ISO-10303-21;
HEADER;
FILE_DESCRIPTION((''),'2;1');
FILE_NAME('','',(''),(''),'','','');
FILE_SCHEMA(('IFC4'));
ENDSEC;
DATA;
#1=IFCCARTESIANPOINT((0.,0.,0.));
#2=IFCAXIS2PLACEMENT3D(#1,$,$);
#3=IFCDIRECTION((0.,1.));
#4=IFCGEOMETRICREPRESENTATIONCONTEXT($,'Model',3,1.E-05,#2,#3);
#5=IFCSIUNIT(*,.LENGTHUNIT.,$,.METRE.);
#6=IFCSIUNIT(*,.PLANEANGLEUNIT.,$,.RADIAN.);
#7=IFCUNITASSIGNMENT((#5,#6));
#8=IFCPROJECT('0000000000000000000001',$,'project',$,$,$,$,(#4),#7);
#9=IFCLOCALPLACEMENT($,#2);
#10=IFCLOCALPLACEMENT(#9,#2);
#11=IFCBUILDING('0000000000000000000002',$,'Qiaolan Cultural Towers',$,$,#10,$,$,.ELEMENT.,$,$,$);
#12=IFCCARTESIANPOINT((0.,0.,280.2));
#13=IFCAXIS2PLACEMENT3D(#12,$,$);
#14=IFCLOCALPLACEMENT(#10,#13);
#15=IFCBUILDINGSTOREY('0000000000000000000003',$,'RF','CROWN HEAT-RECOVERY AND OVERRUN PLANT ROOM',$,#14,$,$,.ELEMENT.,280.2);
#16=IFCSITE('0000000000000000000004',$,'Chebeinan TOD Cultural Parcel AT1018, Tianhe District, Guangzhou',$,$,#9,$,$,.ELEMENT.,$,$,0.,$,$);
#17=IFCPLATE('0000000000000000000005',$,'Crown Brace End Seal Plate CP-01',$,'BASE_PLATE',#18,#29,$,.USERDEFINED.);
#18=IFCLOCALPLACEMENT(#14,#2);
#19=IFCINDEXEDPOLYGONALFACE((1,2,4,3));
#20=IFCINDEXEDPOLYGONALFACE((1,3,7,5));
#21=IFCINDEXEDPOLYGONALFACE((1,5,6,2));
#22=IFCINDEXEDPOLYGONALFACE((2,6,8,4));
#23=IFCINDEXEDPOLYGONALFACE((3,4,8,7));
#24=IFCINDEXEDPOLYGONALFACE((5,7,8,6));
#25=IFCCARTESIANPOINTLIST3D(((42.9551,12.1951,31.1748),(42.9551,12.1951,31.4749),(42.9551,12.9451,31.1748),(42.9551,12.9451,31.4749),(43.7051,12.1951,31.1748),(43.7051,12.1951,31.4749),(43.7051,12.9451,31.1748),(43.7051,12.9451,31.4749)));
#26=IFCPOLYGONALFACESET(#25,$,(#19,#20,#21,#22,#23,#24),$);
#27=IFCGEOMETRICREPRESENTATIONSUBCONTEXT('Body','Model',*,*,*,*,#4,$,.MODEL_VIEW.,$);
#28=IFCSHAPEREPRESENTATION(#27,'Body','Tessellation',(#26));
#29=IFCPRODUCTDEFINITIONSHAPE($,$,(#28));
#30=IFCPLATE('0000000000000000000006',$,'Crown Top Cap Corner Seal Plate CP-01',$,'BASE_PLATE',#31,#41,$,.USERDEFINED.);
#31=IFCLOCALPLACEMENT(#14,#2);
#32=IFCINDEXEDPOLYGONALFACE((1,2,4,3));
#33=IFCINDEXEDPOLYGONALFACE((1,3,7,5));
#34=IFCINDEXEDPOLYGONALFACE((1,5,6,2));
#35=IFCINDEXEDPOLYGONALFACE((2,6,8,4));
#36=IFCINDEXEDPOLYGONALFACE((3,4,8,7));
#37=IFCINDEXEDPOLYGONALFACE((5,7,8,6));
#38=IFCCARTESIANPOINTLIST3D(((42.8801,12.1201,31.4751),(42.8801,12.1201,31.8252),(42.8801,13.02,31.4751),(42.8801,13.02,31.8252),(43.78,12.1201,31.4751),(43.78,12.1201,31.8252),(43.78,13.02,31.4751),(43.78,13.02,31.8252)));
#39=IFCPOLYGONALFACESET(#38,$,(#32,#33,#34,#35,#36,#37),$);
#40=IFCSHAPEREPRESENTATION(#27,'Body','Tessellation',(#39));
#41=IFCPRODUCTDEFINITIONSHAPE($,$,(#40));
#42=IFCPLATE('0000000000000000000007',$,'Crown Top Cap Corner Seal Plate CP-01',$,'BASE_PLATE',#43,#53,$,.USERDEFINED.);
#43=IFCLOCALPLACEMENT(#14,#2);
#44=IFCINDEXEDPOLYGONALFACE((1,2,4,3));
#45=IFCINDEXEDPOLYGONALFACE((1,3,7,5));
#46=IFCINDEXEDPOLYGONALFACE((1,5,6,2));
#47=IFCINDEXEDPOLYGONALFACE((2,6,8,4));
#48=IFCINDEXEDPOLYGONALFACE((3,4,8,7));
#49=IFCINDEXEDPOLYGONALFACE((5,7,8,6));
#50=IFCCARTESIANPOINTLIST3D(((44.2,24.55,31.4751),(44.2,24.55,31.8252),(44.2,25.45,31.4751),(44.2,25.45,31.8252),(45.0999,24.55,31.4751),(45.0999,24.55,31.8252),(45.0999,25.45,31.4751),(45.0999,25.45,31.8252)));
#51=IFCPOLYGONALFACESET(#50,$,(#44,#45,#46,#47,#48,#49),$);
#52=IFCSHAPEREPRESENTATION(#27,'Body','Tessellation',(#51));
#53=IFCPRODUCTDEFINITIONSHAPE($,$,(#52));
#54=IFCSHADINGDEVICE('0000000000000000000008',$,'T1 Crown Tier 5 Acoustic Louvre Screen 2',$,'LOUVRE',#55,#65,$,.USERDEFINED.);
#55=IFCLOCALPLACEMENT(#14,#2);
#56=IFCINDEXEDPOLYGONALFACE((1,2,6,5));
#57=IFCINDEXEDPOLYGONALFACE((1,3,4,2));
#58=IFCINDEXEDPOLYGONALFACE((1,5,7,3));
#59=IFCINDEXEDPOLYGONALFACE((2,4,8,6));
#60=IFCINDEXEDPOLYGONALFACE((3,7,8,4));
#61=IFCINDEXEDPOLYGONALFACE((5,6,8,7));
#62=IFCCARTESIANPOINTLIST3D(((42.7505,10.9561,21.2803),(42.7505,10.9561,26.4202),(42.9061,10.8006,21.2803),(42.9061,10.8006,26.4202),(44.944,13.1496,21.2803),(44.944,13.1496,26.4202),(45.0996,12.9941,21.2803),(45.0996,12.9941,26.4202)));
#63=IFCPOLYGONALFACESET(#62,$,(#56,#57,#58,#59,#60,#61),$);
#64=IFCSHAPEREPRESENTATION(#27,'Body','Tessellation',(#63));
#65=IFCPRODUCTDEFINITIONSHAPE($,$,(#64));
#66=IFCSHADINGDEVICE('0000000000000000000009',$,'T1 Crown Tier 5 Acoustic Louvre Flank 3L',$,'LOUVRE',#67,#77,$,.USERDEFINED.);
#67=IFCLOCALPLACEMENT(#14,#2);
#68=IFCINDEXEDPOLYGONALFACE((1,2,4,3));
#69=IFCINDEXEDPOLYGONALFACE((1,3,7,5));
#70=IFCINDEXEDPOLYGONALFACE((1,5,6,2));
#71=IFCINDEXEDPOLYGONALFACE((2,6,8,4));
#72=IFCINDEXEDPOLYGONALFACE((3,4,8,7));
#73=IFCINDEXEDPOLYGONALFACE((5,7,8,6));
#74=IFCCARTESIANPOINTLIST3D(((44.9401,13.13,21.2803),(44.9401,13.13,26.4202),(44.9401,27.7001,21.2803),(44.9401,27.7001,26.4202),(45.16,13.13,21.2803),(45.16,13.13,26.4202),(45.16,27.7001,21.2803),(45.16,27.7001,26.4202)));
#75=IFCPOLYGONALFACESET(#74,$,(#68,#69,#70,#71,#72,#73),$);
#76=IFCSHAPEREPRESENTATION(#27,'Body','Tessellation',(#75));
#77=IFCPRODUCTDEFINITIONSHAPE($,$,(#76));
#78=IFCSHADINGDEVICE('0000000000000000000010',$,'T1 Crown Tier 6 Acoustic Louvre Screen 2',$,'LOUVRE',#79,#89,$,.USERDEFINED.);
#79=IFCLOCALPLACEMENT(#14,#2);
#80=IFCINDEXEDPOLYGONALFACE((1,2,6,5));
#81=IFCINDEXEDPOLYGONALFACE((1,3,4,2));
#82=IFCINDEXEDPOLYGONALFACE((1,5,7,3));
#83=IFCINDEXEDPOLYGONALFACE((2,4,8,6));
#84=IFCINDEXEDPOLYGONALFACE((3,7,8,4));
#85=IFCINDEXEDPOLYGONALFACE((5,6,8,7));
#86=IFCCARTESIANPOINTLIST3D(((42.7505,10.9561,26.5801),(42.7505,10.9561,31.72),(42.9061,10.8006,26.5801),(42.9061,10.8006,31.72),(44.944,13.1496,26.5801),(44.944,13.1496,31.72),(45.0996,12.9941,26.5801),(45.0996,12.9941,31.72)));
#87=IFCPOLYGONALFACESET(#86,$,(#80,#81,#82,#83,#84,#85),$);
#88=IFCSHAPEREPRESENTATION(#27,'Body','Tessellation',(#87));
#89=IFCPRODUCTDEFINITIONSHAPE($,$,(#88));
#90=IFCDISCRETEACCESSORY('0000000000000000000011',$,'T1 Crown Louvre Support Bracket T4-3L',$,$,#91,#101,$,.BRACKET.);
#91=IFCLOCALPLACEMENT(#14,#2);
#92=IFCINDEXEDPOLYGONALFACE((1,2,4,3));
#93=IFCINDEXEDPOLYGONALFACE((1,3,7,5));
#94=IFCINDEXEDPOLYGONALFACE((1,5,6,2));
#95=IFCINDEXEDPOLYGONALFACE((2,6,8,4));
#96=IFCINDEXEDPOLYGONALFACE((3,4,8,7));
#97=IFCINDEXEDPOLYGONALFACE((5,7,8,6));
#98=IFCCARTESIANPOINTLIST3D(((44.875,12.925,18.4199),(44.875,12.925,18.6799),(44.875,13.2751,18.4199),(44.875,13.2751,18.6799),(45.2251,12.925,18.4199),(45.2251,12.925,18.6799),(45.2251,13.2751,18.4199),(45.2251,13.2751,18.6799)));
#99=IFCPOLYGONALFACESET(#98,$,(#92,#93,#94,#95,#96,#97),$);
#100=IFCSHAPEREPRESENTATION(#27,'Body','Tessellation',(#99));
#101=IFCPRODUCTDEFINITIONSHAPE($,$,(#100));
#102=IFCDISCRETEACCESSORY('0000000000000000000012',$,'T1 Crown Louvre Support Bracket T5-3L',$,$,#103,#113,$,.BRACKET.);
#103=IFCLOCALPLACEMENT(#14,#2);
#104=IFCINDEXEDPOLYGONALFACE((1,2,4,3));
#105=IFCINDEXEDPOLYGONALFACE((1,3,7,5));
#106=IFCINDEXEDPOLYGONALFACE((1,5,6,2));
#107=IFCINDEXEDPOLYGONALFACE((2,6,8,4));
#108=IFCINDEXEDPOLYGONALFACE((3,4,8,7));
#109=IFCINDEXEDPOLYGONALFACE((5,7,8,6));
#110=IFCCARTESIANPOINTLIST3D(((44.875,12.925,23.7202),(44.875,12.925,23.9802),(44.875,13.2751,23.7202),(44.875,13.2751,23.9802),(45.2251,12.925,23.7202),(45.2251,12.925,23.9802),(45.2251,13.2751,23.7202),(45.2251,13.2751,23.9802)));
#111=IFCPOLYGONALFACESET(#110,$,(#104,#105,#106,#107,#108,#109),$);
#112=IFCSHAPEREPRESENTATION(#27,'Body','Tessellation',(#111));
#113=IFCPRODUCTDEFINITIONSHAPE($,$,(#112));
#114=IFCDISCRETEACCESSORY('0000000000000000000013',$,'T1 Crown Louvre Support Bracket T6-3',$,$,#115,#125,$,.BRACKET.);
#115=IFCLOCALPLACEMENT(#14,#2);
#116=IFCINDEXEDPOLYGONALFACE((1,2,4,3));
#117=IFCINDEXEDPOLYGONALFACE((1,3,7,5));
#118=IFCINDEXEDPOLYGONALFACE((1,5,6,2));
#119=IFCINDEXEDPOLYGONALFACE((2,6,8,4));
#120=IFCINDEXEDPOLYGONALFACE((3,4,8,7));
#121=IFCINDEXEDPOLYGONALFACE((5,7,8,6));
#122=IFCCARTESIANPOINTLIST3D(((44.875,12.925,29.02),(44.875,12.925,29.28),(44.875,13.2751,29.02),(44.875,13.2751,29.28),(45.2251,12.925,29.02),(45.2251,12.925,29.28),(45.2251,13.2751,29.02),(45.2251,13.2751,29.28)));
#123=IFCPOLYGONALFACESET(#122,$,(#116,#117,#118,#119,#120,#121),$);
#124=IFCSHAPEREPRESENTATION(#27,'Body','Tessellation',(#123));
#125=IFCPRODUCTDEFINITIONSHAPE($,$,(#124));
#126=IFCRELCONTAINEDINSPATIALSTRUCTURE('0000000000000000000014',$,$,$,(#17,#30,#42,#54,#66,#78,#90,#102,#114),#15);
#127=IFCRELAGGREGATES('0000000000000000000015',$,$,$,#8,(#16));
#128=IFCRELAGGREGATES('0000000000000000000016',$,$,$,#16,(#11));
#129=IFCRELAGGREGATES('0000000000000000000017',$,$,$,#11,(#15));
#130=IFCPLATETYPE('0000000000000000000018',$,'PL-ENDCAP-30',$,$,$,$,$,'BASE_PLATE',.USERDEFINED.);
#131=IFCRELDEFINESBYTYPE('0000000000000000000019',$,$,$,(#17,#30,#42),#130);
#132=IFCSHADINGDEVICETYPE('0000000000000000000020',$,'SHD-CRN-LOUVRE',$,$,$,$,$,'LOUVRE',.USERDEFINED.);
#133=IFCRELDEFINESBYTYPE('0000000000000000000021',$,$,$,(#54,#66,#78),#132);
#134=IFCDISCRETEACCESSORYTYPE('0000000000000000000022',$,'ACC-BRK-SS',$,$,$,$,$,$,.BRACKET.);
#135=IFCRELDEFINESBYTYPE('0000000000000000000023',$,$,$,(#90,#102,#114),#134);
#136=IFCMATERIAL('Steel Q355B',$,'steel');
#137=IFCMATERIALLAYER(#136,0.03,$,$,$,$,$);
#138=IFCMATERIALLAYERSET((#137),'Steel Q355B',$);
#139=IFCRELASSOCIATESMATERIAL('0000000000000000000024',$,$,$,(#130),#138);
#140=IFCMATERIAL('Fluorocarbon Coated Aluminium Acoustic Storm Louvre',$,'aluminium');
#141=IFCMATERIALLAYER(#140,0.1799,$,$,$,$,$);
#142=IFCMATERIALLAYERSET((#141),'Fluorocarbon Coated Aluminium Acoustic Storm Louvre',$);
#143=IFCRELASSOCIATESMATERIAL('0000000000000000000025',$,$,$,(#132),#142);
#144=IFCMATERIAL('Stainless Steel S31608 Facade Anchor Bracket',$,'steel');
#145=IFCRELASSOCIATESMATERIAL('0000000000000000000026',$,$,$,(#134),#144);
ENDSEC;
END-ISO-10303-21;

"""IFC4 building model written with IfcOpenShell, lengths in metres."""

from ifc_helpers import new_model, si_unit, direction, frame, origin, origin_2d, place, context, subcontext, project, spatial, rectangle, extrude, material, layer, layer_set, type_object, element, save


model = new_model("IFC4")

# Units and contexts
model_context = context("Model", 3, precision=1e-05, world=origin(), true_north=direction((0.0, 1.0)))
body_context = subcontext(model_context, "Body", "Model", "MODEL_VIEW")
ifc_project = project(units=[si_unit("LENGTHUNIT", "METRE"), si_unit("PLANEANGLEUNIT", "RADIAN")], contexts=[model_context])

# Site, building, storey
site_placement = place(None, origin())
site = spatial("IfcSite", under=ifc_project, at=site_placement, Name="Chebeinan TOD Cultural Parcel AT1018, Tianhe District, Guangzhou", CompositionType="ELEMENT", RefElevation=0.0)
building_placement = place(site_placement, origin())
building = spatial("IfcBuilding", under=site, at=building_placement, Name="Qiaolan Cultural Towers", CompositionType="ELEMENT")
storey_placement = place(building_placement, frame((0.0, 0.0, 280.2)))
storey = spatial("IfcBuildingStorey", under=building, at=storey_placement, Name="RF", Description="CROWN HEAT-RECOVERY AND OVERRUN PLANT ROOM", CompositionType="ELEMENT", Elevation=280.2)

# Plates
ifc_material_1 = material(Name="Steel Q355B", Category="steel")
ifc_layer_1 = layer(ifc_material_1, 0.03)
ifc_layer_set_1 = layer_set([ifc_layer_1], Name="Steel Q355B")
plate_type_1 = type_object("IfcPlateType", Name="PL-ENDCAP-30", ElementType="BASE_PLATE", PredefinedType="USERDEFINED", material=ifc_layer_set_1)
for number, where, z_axis, x_axis, name in (
    (1, (43.3301, 12.5701, 31.1748), (0.0, 0.0, 1.0), (1.0, 0.0, 0.0), "Crown Brace End Seal Plate CP-01"),
):
    element("IfcPlate", number, at=place(storey_placement, frame(where, z_axis=z_axis, x_axis=x_axis)), inside=storey, type_object=plate_type_1, Name=name, ObjectType="BASE_PLATE", PredefinedType="USERDEFINED", context=body_context, shape_type="SweptSolid", body=[
        extrude(rectangle(XDim=0.75, YDim=0.75, at=origin_2d()), origin(), (0.0, 0.0, 1.0), 0.3),
    ])
for number, where, z_axis, x_axis, name in (
    (2, (43.3301, 12.5701, 31.4751), (0.0, 0.0, 1.0), (1.0, 0.0, 0.0), "Crown Top Cap Corner Seal Plate CP-01"),
    (3, (44.6499, 25.0, 31.4751), (0.0, 0.0, 1.0), (1.0, 0.0, 0.0), "Crown Top Cap Corner Seal Plate CP-01"),
):
    element("IfcPlate", number, at=place(storey_placement, frame(where, z_axis=z_axis, x_axis=x_axis)), inside=storey, type_object=plate_type_1, Name=name, ObjectType="BASE_PLATE", PredefinedType="USERDEFINED", context=body_context, shape_type="SweptSolid", body=[
        extrude(rectangle(XDim=0.8999, YDim=0.8999, at=origin_2d()), origin(), (0.0, 0.0, 1.0), 0.3501),
    ])

# Shading devices
ifc_material_2 = material(Name="Fluorocarbon Coated Aluminium Acoustic Storm Louvre", Category="aluminium")
ifc_layer_2 = layer(ifc_material_2, 0.1799)
ifc_layer_set_2 = layer_set([ifc_layer_2], Name="Fluorocarbon Coated Aluminium Acoustic Storm Louvre")
shading_device_type = type_object("IfcShadingDeviceType", Name="SHD-CRN-LOUVRE", ElementType="LOUVRE", PredefinedType="USERDEFINED", material=ifc_layer_set_2)
shading_device_1_placement = place(storey_placement, frame((43.925, 11.9751, 21.2803), z_axis=(0.0, 0.0, 1.0), x_axis=(0.707107, 0.707107, 0.0)))
element("IfcShadingDevice", 4, at=shading_device_1_placement, inside=storey, type_object=shading_device_type, Name="T1 Crown Tier 5 Acoustic Louvre Screen 2", ObjectType="LOUVRE", PredefinedType="USERDEFINED", context=body_context, shape_type="SweptSolid", body=[
    extrude(rectangle(XDim=3.1021, YDim=0.22, at=origin_2d()), origin(), (0.0, 0.0, 1.0), 5.1399),
])
shading_device_2_placement = place(storey_placement, frame((45.05, 20.415, 21.2803), z_axis=(0.0, 0.0, 1.0), x_axis=(0.0, 1.0, 0.0)))
element("IfcShadingDevice", 5, at=shading_device_2_placement, inside=storey, type_object=shading_device_type, Name="T1 Crown Tier 5 Acoustic Louvre Flank 3L", ObjectType="LOUVRE", PredefinedType="USERDEFINED", context=body_context, shape_type="SweptSolid", body=[
    extrude(rectangle(XDim=14.5701, YDim=0.22, at=origin_2d()), origin(), (0.0, 0.0, 1.0), 5.1399),
])
shading_device_3_placement = place(storey_placement, frame((43.925, 11.9751, 26.5801), z_axis=(0.0, 0.0, 1.0), x_axis=(0.707107, 0.707107, 0.0)))
element("IfcShadingDevice", 6, at=shading_device_3_placement, inside=storey, type_object=shading_device_type, Name="T1 Crown Tier 6 Acoustic Louvre Screen 2", ObjectType="LOUVRE", PredefinedType="USERDEFINED", context=body_context, shape_type="SweptSolid", body=[
    extrude(rectangle(XDim=3.1021, YDim=0.22, at=origin_2d()), origin(), (0.0, 0.0, 1.0), 5.1399),
])

# Discrete accessories
ifc_material_3 = material(Name="Stainless Steel S31608 Facade Anchor Bracket", Category="steel")
discrete_accessory_type = type_object("IfcDiscreteAccessoryType", Name="ACC-BRK-SS", PredefinedType="BRACKET", material=ifc_material_3)
for number, where, z_axis, x_axis, name in (
    (7, (45.05, 13.1001, 18.4199), (0.0, 0.0, 1.0), (0.0, 1.0, 0.0), "T1 Crown Louvre Support Bracket T4-3L"),
    (8, (45.05, 13.1001, 23.7202), (0.0, 0.0, 1.0), (0.0, 1.0, 0.0), "T1 Crown Louvre Support Bracket T5-3L"),
    (9, (45.05, 13.1001, 29.02), (0.0, 0.0, 1.0), (0.0, 1.0, 0.0), "T1 Crown Louvre Support Bracket T6-3"),
):
    element("IfcDiscreteAccessory", number, at=place(storey_placement, frame(where, z_axis=z_axis, x_axis=x_axis)), inside=storey, type_object=discrete_accessory_type, Name=name, PredefinedType="BRACKET", context=body_context, shape_type="SweptSolid", body=[
        extrude(rectangle(XDim=0.3501, YDim=0.3501, at=origin_2d()), origin(), (0.0, 0.0, 1.0), 0.26),
    ])

save(model, "model.ifc")
